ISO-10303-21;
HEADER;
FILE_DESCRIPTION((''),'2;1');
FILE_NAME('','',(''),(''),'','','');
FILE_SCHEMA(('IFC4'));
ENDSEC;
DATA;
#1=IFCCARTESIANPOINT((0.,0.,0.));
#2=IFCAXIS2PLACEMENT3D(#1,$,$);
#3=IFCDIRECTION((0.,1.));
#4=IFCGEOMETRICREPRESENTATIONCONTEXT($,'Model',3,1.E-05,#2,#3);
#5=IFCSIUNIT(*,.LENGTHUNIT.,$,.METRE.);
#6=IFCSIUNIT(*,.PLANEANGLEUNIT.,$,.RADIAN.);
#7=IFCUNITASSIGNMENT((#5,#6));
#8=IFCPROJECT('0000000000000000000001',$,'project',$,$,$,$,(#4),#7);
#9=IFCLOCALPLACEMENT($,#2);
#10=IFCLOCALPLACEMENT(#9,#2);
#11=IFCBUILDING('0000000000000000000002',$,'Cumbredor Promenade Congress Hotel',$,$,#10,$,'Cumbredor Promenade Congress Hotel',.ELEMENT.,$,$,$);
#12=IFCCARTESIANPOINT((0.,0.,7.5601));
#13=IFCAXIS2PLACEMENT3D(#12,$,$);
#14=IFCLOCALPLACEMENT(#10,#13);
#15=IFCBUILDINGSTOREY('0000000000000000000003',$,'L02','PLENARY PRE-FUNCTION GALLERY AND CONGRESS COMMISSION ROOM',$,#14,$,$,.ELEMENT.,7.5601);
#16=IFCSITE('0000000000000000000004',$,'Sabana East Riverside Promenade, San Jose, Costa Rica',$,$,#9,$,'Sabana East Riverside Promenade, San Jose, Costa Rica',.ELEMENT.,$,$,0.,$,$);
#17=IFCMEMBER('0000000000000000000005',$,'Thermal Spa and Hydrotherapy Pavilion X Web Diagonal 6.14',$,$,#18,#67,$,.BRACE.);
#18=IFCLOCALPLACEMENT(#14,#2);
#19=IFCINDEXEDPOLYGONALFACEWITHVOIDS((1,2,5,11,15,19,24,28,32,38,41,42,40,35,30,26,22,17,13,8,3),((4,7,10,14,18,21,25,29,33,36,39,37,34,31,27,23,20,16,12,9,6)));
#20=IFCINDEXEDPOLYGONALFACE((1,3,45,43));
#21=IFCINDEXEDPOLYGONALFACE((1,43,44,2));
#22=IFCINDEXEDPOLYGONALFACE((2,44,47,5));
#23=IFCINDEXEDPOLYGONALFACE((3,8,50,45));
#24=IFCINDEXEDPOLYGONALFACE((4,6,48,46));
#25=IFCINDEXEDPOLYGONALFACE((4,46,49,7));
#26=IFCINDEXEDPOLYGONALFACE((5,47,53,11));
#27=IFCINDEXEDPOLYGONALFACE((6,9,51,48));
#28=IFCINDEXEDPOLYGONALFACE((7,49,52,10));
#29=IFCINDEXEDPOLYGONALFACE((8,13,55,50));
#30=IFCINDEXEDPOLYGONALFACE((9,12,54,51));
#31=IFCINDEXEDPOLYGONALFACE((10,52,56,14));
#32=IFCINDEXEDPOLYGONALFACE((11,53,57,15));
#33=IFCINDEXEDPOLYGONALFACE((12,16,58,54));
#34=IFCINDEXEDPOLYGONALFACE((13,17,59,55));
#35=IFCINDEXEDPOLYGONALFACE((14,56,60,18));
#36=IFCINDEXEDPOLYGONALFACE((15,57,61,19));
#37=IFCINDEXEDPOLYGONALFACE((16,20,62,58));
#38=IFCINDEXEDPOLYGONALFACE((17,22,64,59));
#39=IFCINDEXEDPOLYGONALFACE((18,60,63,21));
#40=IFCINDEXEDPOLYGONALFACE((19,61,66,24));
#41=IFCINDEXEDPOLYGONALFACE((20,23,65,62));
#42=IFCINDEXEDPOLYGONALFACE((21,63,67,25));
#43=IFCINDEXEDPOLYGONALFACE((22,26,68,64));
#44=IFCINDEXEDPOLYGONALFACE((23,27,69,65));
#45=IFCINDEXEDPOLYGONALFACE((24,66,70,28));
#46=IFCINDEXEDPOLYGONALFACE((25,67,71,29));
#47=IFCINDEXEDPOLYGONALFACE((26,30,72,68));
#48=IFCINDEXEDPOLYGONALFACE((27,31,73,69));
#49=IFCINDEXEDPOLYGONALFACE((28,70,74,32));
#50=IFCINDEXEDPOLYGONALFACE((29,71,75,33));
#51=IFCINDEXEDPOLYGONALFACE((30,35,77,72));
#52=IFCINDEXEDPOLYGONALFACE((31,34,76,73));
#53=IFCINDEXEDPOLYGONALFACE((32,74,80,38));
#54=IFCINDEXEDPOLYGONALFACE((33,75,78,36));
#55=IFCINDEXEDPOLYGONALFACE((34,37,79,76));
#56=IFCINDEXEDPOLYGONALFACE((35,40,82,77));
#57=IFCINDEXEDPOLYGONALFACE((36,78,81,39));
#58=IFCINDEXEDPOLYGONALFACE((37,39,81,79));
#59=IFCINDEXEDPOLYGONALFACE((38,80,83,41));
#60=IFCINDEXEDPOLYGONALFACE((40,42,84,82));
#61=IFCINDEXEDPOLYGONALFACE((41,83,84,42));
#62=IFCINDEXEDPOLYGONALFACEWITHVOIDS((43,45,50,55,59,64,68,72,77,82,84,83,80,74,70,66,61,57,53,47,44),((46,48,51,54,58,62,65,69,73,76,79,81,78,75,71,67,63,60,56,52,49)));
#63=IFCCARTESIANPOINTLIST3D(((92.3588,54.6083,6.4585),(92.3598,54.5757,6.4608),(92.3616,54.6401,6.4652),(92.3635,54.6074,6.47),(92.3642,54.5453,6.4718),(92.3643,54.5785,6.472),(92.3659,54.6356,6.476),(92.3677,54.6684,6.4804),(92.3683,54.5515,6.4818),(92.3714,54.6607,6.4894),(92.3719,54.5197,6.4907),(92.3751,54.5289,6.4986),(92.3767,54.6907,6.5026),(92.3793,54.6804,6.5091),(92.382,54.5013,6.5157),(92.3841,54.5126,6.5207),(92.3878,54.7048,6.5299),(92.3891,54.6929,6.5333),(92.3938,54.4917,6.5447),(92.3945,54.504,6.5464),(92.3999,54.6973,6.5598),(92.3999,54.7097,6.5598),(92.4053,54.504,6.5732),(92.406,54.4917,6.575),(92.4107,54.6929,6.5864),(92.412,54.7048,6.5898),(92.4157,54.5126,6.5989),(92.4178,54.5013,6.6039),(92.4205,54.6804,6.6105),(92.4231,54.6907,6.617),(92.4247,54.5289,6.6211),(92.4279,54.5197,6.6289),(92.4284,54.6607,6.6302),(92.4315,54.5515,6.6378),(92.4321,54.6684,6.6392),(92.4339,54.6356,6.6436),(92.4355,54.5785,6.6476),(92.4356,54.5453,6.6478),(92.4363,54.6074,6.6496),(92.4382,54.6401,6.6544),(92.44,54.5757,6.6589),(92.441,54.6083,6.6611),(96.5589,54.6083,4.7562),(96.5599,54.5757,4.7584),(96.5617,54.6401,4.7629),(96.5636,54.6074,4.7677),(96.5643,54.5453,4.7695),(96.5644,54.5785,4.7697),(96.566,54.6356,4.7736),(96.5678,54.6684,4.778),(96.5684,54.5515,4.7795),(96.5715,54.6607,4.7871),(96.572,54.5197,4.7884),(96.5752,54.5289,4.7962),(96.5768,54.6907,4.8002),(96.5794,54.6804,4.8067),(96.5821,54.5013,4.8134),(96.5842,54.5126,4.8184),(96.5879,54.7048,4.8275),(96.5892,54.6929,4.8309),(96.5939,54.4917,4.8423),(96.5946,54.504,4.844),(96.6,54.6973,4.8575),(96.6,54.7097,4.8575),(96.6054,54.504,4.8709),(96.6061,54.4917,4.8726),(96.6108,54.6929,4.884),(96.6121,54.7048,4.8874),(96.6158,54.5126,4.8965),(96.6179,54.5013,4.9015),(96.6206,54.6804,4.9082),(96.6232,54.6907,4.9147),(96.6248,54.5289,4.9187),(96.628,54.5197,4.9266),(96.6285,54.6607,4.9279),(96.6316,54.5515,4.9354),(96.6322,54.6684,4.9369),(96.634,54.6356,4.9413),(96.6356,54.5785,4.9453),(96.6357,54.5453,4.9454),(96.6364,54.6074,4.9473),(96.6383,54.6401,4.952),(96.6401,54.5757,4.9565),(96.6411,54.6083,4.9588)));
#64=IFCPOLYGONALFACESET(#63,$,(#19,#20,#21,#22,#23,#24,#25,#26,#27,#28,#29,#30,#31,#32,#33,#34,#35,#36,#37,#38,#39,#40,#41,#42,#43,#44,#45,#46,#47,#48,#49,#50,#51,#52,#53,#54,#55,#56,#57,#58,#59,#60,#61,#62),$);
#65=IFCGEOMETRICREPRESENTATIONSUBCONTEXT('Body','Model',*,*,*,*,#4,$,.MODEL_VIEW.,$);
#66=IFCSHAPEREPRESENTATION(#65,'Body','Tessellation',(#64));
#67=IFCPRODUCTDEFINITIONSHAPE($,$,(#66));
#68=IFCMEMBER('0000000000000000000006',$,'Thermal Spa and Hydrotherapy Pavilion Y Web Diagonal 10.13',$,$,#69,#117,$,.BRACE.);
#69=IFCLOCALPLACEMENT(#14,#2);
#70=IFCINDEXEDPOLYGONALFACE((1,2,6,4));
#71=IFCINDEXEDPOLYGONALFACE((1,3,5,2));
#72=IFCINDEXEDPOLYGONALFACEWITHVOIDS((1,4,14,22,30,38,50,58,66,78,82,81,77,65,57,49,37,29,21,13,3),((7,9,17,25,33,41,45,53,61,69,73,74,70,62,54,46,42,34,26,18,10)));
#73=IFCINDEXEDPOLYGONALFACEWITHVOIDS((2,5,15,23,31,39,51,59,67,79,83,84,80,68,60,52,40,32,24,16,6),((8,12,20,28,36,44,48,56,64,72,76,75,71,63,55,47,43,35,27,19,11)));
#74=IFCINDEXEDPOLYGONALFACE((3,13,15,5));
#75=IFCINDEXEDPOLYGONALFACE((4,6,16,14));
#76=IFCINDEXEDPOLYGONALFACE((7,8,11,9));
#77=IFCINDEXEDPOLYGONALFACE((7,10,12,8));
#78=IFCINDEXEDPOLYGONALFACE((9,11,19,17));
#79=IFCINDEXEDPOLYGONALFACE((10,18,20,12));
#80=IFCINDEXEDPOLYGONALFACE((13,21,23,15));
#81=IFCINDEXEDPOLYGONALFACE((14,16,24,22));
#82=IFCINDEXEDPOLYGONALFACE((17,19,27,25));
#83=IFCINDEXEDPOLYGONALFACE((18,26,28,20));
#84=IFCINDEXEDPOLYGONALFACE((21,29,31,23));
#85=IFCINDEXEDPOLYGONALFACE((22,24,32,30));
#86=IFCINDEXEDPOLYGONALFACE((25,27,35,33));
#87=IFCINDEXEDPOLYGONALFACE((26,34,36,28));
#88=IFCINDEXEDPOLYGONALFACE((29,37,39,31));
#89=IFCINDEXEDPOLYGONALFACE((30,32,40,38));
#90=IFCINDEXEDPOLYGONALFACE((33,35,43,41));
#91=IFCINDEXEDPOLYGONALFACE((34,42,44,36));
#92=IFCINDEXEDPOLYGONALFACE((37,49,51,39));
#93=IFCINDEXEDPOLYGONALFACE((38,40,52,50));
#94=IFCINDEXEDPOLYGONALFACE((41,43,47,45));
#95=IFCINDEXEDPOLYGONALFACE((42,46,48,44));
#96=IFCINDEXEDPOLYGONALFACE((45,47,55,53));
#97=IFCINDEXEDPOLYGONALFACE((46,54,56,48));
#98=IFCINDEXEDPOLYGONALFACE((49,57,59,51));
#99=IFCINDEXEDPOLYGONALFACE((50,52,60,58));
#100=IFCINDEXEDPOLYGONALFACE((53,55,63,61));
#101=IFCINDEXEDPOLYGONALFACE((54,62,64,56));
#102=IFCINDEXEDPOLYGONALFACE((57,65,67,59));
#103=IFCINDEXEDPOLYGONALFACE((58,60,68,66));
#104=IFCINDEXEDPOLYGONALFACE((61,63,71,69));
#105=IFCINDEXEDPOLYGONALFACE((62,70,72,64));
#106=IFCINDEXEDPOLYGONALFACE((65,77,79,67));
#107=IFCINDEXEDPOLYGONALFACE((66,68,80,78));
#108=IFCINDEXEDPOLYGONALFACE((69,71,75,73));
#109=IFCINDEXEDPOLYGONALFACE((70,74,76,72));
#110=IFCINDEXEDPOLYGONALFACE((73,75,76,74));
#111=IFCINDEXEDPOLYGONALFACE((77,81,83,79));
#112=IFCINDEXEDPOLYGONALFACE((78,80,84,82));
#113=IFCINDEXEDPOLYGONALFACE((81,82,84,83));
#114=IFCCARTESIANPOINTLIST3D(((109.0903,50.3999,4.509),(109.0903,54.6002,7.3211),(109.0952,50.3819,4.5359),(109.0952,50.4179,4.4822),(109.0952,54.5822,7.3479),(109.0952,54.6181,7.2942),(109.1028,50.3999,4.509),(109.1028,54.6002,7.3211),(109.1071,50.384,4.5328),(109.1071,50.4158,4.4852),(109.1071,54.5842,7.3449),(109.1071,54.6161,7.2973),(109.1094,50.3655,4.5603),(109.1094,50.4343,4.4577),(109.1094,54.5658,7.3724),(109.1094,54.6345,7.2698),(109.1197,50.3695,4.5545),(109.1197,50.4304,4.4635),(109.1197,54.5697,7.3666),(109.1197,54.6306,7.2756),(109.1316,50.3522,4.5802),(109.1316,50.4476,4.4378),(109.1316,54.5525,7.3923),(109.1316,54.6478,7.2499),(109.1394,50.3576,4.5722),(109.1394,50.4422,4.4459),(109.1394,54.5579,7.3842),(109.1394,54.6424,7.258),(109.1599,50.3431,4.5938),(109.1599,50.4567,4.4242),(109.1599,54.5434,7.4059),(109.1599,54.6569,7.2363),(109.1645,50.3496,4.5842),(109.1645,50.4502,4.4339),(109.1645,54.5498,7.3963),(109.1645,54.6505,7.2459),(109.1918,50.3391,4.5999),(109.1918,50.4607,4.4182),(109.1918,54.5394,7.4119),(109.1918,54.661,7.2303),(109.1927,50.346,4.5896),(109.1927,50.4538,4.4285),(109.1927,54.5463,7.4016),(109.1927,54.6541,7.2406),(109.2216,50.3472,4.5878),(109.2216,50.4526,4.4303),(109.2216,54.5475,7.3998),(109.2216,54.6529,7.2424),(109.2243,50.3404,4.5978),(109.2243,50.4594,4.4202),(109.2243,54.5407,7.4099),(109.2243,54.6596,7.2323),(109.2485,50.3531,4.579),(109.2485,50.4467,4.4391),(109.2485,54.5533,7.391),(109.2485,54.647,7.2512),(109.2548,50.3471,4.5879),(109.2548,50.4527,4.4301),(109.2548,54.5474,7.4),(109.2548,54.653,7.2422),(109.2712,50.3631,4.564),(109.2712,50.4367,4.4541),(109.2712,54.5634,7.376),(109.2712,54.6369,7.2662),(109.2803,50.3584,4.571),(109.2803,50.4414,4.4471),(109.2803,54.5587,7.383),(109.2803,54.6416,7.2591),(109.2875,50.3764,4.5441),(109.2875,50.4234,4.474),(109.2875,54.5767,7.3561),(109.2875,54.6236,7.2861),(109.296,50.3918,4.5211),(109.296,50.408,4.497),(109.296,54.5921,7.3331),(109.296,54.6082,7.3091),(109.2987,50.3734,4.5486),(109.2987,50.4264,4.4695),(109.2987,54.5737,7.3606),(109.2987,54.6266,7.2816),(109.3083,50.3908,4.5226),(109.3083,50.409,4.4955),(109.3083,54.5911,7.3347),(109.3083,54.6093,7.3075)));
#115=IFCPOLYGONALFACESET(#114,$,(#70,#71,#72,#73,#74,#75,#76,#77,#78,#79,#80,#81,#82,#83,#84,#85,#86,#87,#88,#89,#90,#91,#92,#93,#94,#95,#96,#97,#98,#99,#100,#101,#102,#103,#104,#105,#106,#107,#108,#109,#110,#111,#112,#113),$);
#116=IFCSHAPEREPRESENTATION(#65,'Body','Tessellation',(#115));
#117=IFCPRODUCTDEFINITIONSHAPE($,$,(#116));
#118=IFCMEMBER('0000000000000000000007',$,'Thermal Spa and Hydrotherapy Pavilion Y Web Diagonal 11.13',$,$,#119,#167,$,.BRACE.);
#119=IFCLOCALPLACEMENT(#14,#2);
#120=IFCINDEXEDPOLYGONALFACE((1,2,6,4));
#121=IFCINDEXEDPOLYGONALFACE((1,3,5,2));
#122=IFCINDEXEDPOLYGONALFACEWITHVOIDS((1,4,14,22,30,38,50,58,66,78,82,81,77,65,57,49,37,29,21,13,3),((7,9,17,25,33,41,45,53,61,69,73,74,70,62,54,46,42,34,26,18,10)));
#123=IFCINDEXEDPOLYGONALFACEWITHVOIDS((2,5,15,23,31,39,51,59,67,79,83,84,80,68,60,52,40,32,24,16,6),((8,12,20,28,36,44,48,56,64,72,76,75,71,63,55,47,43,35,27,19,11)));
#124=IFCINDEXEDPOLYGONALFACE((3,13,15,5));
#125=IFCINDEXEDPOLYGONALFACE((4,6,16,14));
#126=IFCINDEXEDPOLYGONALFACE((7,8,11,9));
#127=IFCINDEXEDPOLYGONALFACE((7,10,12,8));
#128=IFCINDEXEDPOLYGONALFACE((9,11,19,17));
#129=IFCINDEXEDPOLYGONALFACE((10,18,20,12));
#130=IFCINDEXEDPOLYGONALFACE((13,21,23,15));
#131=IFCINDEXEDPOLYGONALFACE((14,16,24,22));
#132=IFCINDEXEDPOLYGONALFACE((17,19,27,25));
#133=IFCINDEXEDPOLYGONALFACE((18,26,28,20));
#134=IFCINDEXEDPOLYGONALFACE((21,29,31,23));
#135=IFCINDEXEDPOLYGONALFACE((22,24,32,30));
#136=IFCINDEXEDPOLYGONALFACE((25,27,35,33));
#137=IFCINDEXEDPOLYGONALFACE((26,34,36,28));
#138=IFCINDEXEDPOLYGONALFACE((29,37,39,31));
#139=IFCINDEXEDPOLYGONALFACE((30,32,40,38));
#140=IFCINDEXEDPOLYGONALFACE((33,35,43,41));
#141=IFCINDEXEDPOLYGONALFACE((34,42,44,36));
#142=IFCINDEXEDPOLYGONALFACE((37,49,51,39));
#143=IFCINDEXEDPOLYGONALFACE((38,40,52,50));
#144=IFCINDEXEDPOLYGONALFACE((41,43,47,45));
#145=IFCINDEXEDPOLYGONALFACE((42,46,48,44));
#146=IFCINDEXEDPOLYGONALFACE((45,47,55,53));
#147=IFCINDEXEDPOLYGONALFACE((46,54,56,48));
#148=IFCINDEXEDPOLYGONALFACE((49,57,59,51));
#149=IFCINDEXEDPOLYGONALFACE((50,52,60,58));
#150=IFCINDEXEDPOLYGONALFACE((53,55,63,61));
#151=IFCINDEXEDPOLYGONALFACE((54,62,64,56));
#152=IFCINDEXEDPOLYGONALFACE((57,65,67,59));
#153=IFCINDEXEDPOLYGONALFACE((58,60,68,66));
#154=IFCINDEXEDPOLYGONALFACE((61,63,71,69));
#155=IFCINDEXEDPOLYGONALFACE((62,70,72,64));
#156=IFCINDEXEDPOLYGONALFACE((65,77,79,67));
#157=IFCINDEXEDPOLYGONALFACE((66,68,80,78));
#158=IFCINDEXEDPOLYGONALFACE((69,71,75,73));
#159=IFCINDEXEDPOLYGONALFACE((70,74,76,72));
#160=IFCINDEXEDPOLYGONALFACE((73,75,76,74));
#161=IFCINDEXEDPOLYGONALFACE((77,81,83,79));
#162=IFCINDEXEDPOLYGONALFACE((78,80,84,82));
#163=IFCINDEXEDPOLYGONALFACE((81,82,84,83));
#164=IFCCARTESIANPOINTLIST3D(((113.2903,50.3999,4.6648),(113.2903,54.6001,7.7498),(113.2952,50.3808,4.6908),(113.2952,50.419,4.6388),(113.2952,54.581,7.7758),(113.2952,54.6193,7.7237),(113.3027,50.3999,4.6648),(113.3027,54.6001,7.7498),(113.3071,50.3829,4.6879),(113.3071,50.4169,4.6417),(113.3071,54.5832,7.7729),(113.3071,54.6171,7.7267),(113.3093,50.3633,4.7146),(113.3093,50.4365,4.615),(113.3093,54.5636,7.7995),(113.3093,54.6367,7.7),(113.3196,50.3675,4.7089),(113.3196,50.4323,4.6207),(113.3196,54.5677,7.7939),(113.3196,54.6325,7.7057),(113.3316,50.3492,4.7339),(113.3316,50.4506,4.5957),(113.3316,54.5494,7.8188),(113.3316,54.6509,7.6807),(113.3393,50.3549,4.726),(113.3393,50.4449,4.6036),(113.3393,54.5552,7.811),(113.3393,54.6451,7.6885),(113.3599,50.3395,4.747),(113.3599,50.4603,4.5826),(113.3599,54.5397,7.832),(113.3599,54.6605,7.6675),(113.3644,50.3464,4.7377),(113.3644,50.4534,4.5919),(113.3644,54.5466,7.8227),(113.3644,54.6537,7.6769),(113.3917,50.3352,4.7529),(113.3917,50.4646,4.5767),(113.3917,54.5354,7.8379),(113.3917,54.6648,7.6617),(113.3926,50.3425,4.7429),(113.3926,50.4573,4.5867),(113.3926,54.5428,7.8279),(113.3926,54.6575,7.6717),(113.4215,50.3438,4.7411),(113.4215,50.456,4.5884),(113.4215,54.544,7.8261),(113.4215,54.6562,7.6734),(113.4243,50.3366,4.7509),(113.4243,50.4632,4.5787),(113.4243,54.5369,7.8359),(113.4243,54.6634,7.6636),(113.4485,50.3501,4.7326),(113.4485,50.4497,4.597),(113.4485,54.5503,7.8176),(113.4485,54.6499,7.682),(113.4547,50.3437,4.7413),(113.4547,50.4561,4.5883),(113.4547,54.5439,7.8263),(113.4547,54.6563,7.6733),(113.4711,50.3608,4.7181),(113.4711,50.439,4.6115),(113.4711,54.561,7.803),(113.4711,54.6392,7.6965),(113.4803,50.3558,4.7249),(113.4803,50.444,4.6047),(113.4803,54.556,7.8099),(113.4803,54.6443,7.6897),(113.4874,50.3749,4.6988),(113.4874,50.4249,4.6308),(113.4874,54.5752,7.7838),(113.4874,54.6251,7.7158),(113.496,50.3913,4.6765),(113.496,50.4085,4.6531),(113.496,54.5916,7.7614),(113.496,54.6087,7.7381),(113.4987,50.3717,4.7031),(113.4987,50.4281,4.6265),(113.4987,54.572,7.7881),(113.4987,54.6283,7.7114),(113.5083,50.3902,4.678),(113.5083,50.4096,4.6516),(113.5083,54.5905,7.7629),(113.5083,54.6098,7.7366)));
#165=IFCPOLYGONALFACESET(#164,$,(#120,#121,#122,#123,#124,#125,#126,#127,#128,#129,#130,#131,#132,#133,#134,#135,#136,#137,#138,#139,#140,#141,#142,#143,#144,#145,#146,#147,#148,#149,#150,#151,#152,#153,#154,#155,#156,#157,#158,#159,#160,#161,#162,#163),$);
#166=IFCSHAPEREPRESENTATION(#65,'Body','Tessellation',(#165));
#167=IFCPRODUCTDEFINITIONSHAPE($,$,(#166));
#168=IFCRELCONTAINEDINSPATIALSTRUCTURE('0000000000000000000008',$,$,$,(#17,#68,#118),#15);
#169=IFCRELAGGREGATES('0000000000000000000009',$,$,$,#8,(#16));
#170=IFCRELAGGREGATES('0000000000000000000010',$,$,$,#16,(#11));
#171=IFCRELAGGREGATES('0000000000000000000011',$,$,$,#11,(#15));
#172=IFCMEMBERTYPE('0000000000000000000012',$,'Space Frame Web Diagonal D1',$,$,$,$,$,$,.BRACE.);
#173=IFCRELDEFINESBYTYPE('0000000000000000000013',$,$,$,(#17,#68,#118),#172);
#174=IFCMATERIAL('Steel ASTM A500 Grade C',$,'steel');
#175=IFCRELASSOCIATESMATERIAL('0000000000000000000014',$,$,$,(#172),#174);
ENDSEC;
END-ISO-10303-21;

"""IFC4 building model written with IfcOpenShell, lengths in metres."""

from ifc_helpers import new_model, si_unit, direction, frame, origin, origin_2d, place, context, subcontext, project, spatial, hollow_circle, extrude, material, material_profile, profile_set, type_object, element, save


model = new_model("IFC4")

# Units and contexts
model_context = context("Model", 3, precision=1e-05, world=origin(), true_north=direction((0.0, 1.0)))
body_context = subcontext(model_context, "Body", "Model", "MODEL_VIEW")
ifc_project = project(units=[si_unit("LENGTHUNIT", "METRE"), si_unit("PLANEANGLEUNIT", "RADIAN")], contexts=[model_context])

# Site, building, storey
site_placement = place(None, origin())
site = spatial("IfcSite", under=ifc_project, at=site_placement, Name="Sabana East Riverside Promenade, San Jose, Costa Rica", LongName="Sabana East Riverside Promenade, San Jose, Costa Rica", CompositionType="ELEMENT", RefElevation=0.0)
building_placement = place(site_placement, origin())
building = spatial("IfcBuilding", under=site, at=building_placement, Name="Cumbredor Promenade Congress Hotel", LongName="Cumbredor Promenade Congress Hotel", CompositionType="ELEMENT")
storey_placement = place(building_placement, frame((0.0, 0.0, 7.5601)))
storey = spatial("IfcBuildingStorey", under=building, at=storey_placement, Name="L02", Description="PLENARY PRE-FUNCTION GALLERY AND CONGRESS COMMISSION ROOM", CompositionType="ELEMENT", Elevation=7.5601)

# Members
ifc_material_1 = material(Name="Steel ASTM A500 Grade C", Category="steel")
ifc_material_profile_1 = material_profile(ifc_material_1, hollow_circle(Radius=0.1096, WallThickness=0.0125, at=origin_2d()), Name="CHS 219.1x12.5")
ifc_profile_set_1 = profile_set([ifc_material_profile_1], Name="Steel ASTM A500 Grade C")
member_type_1 = type_object("IfcMemberType", Name="Space Frame Web Diagonal D1", PredefinedType="BRACE", material=ifc_profile_set_1)
member_1_placement = place(storey_placement, frame((92.3999, 54.6001, 6.5598), z_axis=(0.926769, 0.0, -0.375631), x_axis=(0.0, 1.0, 0.0)))
element("IfcMember", 1, at=member_1_placement, inside=storey, type_object=member_type_1, Name="Thermal Spa and Hydrotherapy Pavilion X Web Diagonal 6.14", PredefinedType="BRACE", context=body_context, shape_type="SweptSolid", body=[
    extrude(hollow_circle(Radius=0.1096, WallThickness=0.0125, at=origin_2d()), origin(), (0.0, 0.0, 1.0), 4.532),
])
member_2_placement = place(storey_placement, frame((109.2, 50.3999, 4.509), z_axis=(0.0, 0.830964, 0.556326), x_axis=(-1.0, 0.0, 0.0)))
element("IfcMember", 2, at=member_2_placement, inside=storey, type_object=member_type_1, Name="Thermal Spa and Hydrotherapy Pavilion Y Web Diagonal 10.13", PredefinedType="BRACE", context=body_context, shape_type="SweptSolid", body=[
    extrude(hollow_circle(Radius=0.1096, WallThickness=0.0125, at=origin_2d()), origin(), (0.0, 0.0, 1.0), 5.0547),
])
member_3_placement = place(storey_placement, frame((113.3999, 50.3999, 4.6648), z_axis=(0.0, 0.805964, 0.591965), x_axis=(-1.0, 0.0, 0.0)))
element("IfcMember", 3, at=member_3_placement, inside=storey, type_object=member_type_1, Name="Thermal Spa and Hydrotherapy Pavilion Y Web Diagonal 11.13", PredefinedType="BRACE", context=body_context, shape_type="SweptSolid", body=[
    extrude(hollow_circle(Radius=0.1096, WallThickness=0.0125, at=origin_2d()), origin(), (0.0, 0.0, 1.0), 5.2114),
])

save(model, "model.ifc")
